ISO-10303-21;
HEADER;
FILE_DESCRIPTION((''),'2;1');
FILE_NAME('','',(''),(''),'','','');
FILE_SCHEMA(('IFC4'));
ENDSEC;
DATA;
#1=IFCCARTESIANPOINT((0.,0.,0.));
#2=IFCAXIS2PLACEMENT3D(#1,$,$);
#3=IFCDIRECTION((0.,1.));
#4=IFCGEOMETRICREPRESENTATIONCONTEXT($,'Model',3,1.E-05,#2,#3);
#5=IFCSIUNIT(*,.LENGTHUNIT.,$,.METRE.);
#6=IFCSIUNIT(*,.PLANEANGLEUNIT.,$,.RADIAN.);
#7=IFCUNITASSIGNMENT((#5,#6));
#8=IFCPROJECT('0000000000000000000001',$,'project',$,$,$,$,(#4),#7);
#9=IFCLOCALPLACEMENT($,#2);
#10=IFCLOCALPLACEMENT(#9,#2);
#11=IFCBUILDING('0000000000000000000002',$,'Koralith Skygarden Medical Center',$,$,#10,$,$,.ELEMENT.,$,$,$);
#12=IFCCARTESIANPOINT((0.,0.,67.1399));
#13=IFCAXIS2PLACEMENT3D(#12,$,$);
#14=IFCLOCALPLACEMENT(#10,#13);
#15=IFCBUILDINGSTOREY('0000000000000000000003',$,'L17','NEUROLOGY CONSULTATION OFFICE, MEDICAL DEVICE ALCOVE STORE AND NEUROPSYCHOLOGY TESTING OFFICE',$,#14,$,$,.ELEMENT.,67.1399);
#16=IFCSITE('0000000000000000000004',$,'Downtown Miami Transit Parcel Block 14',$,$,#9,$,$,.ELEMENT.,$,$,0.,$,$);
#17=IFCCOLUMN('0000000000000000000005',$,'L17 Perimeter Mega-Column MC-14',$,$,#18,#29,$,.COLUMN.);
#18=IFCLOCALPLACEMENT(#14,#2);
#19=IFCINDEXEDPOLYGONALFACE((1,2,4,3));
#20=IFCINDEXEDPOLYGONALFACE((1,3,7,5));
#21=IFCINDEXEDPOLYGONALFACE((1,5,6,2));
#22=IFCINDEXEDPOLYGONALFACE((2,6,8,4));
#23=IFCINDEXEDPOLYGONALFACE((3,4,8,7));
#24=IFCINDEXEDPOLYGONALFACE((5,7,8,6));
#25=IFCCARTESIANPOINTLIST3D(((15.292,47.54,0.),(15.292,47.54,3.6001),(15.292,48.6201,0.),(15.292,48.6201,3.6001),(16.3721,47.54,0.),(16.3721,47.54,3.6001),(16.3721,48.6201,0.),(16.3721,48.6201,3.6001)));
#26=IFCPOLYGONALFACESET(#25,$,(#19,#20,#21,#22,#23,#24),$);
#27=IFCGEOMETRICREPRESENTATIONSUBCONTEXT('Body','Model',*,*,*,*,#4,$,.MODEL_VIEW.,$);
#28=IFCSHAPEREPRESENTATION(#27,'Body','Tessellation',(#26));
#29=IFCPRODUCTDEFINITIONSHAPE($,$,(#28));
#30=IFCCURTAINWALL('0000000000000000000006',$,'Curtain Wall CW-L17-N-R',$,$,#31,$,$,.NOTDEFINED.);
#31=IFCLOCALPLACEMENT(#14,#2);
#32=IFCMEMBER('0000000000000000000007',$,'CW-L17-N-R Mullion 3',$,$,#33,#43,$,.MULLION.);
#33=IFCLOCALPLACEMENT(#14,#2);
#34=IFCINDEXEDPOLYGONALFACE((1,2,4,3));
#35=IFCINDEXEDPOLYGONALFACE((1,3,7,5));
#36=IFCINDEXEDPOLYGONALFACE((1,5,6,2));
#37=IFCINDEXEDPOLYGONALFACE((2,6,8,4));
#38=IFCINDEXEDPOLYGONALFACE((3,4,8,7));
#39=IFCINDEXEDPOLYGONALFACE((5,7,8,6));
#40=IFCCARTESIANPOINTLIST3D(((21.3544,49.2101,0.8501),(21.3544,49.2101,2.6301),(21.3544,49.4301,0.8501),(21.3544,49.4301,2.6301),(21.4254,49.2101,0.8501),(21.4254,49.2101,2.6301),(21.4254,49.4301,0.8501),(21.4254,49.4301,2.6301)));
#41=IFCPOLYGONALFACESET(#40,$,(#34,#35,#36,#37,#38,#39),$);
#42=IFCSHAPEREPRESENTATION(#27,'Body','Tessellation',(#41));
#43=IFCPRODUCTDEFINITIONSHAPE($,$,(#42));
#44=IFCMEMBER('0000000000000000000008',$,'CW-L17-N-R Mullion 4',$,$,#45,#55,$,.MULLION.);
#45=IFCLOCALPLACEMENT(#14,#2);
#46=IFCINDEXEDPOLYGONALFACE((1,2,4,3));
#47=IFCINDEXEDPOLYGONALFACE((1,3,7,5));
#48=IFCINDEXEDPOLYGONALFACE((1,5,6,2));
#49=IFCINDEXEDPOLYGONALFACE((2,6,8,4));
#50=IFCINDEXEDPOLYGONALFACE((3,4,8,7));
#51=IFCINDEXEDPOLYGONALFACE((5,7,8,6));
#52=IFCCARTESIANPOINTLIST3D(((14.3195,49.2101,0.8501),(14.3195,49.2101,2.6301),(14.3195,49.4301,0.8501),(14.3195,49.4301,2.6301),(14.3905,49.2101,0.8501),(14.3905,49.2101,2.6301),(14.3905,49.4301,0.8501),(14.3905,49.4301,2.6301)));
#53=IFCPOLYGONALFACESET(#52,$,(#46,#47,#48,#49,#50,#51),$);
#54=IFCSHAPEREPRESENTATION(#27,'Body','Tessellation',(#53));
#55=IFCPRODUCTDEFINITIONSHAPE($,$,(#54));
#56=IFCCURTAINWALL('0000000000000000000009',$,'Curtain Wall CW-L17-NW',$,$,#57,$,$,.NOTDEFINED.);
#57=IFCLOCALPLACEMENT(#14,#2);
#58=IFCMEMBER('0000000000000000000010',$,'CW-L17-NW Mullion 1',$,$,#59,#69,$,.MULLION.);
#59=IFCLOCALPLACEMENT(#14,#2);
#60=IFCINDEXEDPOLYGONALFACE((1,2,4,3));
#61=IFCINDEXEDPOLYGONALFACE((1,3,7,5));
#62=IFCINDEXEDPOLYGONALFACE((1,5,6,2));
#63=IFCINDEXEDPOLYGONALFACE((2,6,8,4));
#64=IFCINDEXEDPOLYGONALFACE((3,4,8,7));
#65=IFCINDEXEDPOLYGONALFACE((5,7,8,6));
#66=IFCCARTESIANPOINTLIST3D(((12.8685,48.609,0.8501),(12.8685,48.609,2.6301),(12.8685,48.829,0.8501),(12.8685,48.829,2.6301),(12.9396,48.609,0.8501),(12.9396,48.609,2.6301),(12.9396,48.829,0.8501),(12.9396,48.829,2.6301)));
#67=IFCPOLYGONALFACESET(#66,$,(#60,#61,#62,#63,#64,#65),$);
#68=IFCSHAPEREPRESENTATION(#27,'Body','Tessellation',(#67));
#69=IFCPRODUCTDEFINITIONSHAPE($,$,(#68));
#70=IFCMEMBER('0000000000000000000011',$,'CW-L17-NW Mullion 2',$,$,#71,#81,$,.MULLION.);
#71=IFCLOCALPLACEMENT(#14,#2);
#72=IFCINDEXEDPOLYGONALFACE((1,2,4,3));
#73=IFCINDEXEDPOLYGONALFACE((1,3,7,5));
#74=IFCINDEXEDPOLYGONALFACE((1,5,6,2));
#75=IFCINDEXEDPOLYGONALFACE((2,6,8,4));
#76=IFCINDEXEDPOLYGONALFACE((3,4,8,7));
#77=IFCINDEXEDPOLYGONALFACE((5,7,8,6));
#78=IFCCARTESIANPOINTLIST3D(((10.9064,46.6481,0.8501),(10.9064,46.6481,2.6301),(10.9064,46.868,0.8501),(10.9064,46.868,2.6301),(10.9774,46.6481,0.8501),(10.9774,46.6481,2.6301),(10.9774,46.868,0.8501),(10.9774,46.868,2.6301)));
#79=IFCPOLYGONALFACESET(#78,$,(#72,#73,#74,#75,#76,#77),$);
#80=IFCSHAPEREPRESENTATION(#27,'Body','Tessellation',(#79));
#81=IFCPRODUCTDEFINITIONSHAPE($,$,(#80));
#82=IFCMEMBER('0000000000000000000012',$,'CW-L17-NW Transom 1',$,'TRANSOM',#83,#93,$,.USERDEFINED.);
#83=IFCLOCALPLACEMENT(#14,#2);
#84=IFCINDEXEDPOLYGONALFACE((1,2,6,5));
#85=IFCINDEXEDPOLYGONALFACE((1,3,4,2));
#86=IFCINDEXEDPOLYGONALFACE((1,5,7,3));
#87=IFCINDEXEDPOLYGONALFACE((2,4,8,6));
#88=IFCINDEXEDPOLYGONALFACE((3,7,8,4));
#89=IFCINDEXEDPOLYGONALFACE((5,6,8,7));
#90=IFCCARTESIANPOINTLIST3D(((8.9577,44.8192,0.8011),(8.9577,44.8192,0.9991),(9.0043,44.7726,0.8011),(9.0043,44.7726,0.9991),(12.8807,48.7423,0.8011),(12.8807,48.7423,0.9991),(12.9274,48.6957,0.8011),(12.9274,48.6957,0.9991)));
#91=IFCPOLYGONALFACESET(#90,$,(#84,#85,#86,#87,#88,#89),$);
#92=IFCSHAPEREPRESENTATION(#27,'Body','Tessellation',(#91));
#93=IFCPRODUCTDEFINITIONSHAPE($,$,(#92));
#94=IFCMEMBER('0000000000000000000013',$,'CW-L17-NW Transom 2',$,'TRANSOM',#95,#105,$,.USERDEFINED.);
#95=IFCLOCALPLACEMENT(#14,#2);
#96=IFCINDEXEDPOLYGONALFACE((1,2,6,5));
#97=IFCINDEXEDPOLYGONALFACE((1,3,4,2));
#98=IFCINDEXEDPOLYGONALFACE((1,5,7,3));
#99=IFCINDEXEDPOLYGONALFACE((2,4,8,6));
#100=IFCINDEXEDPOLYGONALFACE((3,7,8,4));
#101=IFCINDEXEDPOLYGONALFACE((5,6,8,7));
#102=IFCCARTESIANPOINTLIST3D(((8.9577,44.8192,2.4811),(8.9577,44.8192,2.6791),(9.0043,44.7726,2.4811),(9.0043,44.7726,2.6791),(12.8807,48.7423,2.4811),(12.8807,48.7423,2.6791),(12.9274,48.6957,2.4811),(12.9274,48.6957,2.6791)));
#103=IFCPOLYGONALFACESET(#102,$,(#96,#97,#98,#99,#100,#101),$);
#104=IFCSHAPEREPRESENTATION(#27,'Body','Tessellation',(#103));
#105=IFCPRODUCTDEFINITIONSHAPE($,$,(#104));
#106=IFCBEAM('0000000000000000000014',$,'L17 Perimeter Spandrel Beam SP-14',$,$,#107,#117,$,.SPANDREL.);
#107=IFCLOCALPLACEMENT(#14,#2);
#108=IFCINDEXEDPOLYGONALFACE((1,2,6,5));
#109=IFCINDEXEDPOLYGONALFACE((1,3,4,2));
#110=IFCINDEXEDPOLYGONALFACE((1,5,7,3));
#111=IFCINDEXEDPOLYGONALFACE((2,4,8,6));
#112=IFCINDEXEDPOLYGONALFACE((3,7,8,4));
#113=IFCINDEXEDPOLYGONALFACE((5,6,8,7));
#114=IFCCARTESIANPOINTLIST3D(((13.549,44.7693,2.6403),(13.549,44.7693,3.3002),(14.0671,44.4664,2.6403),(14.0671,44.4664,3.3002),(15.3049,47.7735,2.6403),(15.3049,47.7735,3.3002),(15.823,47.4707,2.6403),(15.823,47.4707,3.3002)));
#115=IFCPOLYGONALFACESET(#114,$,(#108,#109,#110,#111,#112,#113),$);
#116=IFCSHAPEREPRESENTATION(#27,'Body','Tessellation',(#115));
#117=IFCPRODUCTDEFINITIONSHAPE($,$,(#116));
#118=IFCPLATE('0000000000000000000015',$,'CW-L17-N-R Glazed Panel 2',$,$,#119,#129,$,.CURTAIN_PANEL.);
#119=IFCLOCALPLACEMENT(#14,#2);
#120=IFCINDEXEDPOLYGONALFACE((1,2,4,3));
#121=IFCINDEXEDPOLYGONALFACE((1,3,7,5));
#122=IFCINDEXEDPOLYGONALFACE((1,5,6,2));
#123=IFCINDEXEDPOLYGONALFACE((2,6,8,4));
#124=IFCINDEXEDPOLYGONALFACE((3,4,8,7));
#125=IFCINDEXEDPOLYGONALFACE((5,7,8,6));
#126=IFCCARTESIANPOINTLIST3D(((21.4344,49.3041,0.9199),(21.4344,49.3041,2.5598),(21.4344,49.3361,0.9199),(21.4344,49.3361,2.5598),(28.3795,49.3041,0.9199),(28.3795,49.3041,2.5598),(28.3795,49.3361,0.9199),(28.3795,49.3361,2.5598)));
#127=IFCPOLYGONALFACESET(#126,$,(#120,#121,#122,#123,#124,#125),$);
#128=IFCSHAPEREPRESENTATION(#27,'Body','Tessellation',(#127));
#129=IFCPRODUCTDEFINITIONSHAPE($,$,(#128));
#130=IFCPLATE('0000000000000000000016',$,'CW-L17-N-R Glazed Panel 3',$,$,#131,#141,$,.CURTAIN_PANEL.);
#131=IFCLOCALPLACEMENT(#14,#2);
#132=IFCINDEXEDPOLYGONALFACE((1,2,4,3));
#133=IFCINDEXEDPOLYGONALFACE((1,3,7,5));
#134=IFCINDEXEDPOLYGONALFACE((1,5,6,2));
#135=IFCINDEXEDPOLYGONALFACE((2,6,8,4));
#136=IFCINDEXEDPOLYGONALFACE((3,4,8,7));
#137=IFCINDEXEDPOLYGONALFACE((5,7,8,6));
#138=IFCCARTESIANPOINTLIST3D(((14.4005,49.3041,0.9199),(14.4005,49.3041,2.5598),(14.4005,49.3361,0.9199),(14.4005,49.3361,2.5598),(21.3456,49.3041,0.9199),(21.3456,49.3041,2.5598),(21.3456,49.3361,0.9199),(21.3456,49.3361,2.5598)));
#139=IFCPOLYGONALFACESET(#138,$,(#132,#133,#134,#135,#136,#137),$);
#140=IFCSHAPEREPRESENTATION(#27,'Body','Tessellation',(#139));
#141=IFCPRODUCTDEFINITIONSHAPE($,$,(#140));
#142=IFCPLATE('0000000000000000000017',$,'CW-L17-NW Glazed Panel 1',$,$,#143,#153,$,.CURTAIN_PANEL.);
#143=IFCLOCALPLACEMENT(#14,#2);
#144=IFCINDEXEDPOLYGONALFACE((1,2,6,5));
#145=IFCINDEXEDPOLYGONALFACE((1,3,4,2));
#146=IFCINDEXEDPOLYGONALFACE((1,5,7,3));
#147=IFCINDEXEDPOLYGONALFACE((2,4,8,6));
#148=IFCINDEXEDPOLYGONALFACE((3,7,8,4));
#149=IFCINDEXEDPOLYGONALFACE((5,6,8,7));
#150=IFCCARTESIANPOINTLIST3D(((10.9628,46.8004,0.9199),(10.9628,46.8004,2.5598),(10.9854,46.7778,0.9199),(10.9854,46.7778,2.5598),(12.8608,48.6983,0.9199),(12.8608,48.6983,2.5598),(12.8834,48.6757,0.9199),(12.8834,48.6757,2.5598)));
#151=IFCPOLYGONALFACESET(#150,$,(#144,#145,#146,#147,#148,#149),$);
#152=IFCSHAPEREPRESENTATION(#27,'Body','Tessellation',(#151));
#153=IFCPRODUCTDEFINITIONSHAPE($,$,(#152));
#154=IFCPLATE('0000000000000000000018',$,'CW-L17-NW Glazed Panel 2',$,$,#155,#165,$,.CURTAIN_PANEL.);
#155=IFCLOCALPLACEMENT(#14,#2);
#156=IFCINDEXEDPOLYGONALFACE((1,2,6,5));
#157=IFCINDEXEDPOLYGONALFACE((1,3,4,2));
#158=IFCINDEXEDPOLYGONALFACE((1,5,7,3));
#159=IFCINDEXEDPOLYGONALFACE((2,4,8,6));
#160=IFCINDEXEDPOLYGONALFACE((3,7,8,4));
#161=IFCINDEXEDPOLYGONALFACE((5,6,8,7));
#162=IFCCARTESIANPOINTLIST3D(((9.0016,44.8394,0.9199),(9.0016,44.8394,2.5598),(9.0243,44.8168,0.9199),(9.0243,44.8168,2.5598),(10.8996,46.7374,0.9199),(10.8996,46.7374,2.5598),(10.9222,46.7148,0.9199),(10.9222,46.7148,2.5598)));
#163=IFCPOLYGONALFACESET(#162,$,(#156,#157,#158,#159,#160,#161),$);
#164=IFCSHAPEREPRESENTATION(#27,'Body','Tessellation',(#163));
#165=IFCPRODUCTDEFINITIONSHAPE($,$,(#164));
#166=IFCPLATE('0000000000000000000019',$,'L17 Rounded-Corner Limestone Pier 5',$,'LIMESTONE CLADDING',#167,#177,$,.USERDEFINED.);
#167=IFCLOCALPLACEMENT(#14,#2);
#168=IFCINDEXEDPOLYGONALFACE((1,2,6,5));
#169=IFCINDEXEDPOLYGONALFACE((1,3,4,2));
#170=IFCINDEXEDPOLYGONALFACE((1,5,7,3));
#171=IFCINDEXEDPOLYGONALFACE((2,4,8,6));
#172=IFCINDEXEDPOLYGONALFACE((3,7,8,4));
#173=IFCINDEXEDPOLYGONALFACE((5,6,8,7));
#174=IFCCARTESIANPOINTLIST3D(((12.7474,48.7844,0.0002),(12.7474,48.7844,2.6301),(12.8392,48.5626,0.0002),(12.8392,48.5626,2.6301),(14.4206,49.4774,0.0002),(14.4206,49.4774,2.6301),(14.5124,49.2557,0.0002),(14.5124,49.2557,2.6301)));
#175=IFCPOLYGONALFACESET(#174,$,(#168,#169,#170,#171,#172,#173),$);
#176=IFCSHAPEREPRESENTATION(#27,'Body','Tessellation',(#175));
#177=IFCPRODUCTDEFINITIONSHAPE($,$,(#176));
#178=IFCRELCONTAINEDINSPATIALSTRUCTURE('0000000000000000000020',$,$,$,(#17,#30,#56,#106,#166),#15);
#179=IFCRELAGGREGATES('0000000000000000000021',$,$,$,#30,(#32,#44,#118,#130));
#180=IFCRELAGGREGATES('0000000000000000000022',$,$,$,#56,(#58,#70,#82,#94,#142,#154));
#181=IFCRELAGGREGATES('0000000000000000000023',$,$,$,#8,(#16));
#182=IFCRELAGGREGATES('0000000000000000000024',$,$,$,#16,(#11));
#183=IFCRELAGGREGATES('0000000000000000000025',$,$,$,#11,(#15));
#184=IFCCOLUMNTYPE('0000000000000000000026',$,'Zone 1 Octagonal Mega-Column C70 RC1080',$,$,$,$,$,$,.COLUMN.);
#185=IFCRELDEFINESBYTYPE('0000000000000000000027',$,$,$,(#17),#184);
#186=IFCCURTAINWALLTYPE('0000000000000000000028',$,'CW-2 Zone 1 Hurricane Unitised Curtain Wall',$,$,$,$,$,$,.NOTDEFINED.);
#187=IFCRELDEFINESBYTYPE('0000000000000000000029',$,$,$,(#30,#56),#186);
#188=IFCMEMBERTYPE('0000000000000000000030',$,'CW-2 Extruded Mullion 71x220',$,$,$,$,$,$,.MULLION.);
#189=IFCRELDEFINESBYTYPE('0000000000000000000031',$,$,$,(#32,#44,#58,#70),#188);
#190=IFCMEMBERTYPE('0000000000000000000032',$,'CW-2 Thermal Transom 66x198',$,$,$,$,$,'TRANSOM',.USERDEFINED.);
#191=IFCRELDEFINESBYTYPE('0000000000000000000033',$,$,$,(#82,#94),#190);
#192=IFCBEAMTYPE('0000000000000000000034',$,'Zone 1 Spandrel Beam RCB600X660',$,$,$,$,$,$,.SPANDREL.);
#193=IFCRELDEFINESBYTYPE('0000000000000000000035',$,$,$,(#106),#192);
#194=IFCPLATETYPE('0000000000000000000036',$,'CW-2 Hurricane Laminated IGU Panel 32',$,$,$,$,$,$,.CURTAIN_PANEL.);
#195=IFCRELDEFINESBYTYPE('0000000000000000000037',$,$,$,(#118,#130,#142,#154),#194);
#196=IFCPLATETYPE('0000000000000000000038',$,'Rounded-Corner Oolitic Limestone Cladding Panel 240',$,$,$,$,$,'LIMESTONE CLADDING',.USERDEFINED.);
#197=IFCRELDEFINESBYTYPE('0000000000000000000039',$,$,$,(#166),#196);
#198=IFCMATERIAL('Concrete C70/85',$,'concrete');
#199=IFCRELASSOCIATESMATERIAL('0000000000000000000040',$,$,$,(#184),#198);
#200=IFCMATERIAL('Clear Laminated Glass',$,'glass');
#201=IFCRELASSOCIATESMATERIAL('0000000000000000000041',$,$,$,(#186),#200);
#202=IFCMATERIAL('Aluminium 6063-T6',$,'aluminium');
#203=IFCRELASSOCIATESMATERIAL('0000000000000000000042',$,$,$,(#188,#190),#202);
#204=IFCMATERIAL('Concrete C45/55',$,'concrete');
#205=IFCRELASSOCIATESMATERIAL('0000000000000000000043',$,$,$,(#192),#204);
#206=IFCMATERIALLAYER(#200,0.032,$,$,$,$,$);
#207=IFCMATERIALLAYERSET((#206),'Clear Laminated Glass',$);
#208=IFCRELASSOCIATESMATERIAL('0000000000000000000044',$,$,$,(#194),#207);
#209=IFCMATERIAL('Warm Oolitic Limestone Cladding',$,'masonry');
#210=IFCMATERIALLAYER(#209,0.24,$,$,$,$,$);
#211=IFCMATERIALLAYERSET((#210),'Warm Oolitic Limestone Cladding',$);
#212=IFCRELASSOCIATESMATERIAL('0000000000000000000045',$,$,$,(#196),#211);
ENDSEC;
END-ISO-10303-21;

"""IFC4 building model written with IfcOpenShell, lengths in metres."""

from ifc_helpers import new_model, si_unit, direction, frame, origin, origin_2d, place, context, subcontext, project, spatial, rectangle, extrude, material, layer, layer_set, material_profile, profile_set, type_object, element, aggregate, save


model = new_model("IFC4")

# Units and contexts
model_context = context("Model", 3, precision=1e-05, world=origin(), true_north=direction((0.0, 1.0)))
body_context = subcontext(model_context, "Body", "Model", "MODEL_VIEW")
ifc_project = project(units=[si_unit("LENGTHUNIT", "METRE"), si_unit("PLANEANGLEUNIT", "RADIAN")], contexts=[model_context])

# Site, building, storey
site_placement = place(None, origin())
site = spatial("IfcSite", under=ifc_project, at=site_placement, Name="Downtown Miami Transit Parcel Block 14", CompositionType="ELEMENT", RefElevation=0.0)
building_placement = place(site_placement, origin())
building = spatial("IfcBuilding", under=site, at=building_placement, Name="Koralith Skygarden Medical Center", CompositionType="ELEMENT")
storey_placement = place(building_placement, frame((0.0, 0.0, 67.1399)))
storey = spatial("IfcBuildingStorey", under=building, at=storey_placement, Name="L17", Description="NEUROLOGY CONSULTATION OFFICE, MEDICAL DEVICE ALCOVE STORE AND NEUROPSYCHOLOGY TESTING OFFICE", CompositionType="ELEMENT", Elevation=67.1399)

# Column
ifc_material_1 = material(Name="Concrete C70/85", Category="concrete")
ifc_material_profile_1 = material_profile(ifc_material_1, rectangle(XDim=1.0801, YDim=1.0801, at=origin_2d()), Name="RC1080X1080")
ifc_profile_set_1 = profile_set([ifc_material_profile_1], Name="Concrete C70/85")
column_type = type_object("IfcColumnType", Name="Zone 1 Octagonal Mega-Column C70 RC1080", PredefinedType="COLUMN", material=ifc_profile_set_1)
column_placement = place(storey_placement, frame((15.832, 48.0801, 0.0), z_axis=(0.0, 0.0, 1.0), x_axis=(1.0, 0.0, 0.0)))
element("IfcColumn", 1, at=column_placement, inside=storey, type_object=column_type, Name="L17 Perimeter Mega-Column MC-14", PredefinedType="COLUMN", context=body_context, shape_type="SweptSolid", body=[
    extrude(rectangle(XDim=1.0801, YDim=1.0801, at=origin_2d()), origin(), (0.0, 0.0, 1.0), 3.6001),
])

# Curtain walls, members
ifc_material_2 = material(Name="Clear Laminated Glass", Category="glass")
curtain_wall_type = type_object("IfcCurtainWallType", Name="CW-2 Zone 1 Hurricane Unitised Curtain Wall", PredefinedType="NOTDEFINED", material=ifc_material_2)
curtain_wall_1_placement = place(storey_placement, origin())
curtain_wall_1 = element("IfcCurtainWall", 2, at=curtain_wall_1_placement, inside=storey, type_object=curtain_wall_type, Name="Curtain Wall CW-L17-N-R", PredefinedType="NOTDEFINED")
ifc_material_3 = material(Name="Aluminium 6063-T6", Category="aluminium")
ifc_material_profile_2 = material_profile(ifc_material_3, rectangle(XDim=0.071, YDim=0.22, at=origin_2d()), Name="MUL71X220")
ifc_profile_set_2 = profile_set([ifc_material_profile_2], Name="Aluminium 6063-T6")
member_type_1 = type_object("IfcMemberType", Name="CW-2 Extruded Mullion 71x220", PredefinedType="MULLION", material=ifc_profile_set_2)
member_1_placement = place(storey_placement, frame((21.3899, 49.3201, 0.8501), z_axis=(0.0, 0.0, 1.0), x_axis=(1.0, 0.0, 0.0)))
member_1 = element("IfcMember", 3, at=member_1_placement, type_object=member_type_1, Name="CW-L17-N-R Mullion 3", PredefinedType="MULLION", context=body_context, shape_type="SweptSolid", body=[
    extrude(rectangle(XDim=0.071, YDim=0.22, at=origin_2d()), origin(), (0.0, 0.0, 1.0), 1.78),
])
member_2_placement = place(storey_placement, frame((14.355, 49.3201, 0.8501), z_axis=(0.0, 0.0, 1.0), x_axis=(1.0, 0.0, 0.0)))
member_2 = element("IfcMember", 4, at=member_2_placement, type_object=member_type_1, Name="CW-L17-N-R Mullion 4", PredefinedType="MULLION", context=body_context, shape_type="SweptSolid", body=[
    extrude(rectangle(XDim=0.071, YDim=0.22, at=origin_2d()), origin(), (0.0, 0.0, 1.0), 1.78),
])
curtain_wall_2_placement = place(storey_placement, origin())
curtain_wall_2 = element("IfcCurtainWall", 5, at=curtain_wall_2_placement, inside=storey, type_object=curtain_wall_type, Name="Curtain Wall CW-L17-NW", PredefinedType="NOTDEFINED")
member_3_placement = place(storey_placement, frame((12.9041, 48.719, 0.8501), z_axis=(0.0, 0.0, 1.0), x_axis=(1.0, 0.0, 0.0)))
member_3 = element("IfcMember", 6, at=member_3_placement, type_object=member_type_1, Name="CW-L17-NW Mullion 1", PredefinedType="MULLION", context=body_context, shape_type="SweptSolid", body=[
    extrude(rectangle(XDim=0.071, YDim=0.22, at=origin_2d()), origin(), (0.0, 0.0, 1.0), 1.78),
])
member_4_placement = place(storey_placement, frame((10.9419, 46.7581, 0.8501), z_axis=(0.0, 0.0, 1.0), x_axis=(1.0, 0.0, 0.0)))
member_4 = element("IfcMember", 7, at=member_4_placement, type_object=member_type_1, Name="CW-L17-NW Mullion 2", PredefinedType="MULLION", context=body_context, shape_type="SweptSolid", body=[
    extrude(rectangle(XDim=0.071, YDim=0.22, at=origin_2d()), origin(), (0.0, 0.0, 1.0), 1.78),
])
ifc_material_profile_3 = material_profile(ifc_material_3, rectangle(XDim=0.0659, YDim=0.198, at=origin_2d()), Name="TRN66X198")
ifc_profile_set_3 = profile_set([ifc_material_profile_3], Name="Aluminium 6063-T6")
member_type_2 = type_object("IfcMemberType", Name="CW-2 Thermal Transom 66x198", ElementType="TRANSOM", PredefinedType="USERDEFINED", material=ifc_profile_set_3)
member_5_placement = place(storey_placement, frame((12.9041, 48.719, 0.9001), z_axis=(-0.707107, -0.707107, 0.0), x_axis=(0.707107, -0.707107, 0.0)))
member_5 = element("IfcMember", 8, at=member_5_placement, type_object=member_type_2, Name="CW-L17-NW Transom 1", ObjectType="TRANSOM", PredefinedType="USERDEFINED", context=body_context, shape_type="SweptSolid", body=[
    extrude(rectangle(XDim=0.0659, YDim=0.198, at=origin_2d()), origin(), (0.0, 0.0, 1.0), 5.5481),
])
member_6_placement = place(storey_placement, frame((12.9041, 48.719, 2.5801), z_axis=(-0.707107, -0.707107, 0.0), x_axis=(0.707107, -0.707107, 0.0)))
member_6 = element("IfcMember", 9, at=member_6_placement, type_object=member_type_2, Name="CW-L17-NW Transom 2", ObjectType="TRANSOM", PredefinedType="USERDEFINED", context=body_context, shape_type="SweptSolid", body=[
    extrude(rectangle(XDim=0.0659, YDim=0.198, at=origin_2d()), origin(), (0.0, 0.0, 1.0), 5.5481),
])

# Beam
ifc_material_4 = material(Name="Concrete C45/55", Category="concrete")
ifc_material_profile_4 = material_profile(ifc_material_4, rectangle(XDim=0.6001, YDim=0.6599, at=origin_2d()), Name="RCB600X660")
ifc_profile_set_4 = profile_set([ifc_material_profile_4], Name="Concrete C45/55")
beam_type = type_object("IfcBeamType", Name="Zone 1 Spandrel Beam RCB600X660", PredefinedType="SPANDREL", material=ifc_profile_set_4)
beam_placement = place(storey_placement, frame((15.564, 47.6221, 2.9702), z_axis=(-0.504608, -0.863349, 0.0), x_axis=(0.863349, -0.504608, 0.0)))
element("IfcBeam", 10, at=beam_placement, inside=storey, type_object=beam_type, Name="L17 Perimeter Spandrel Beam SP-14", PredefinedType="SPANDREL", context=body_context, shape_type="SweptSolid", body=[
    extrude(rectangle(XDim=0.6001, YDim=0.6599, at=origin_2d()), origin(), (0.0, 0.0, 1.0), 3.4797),
])

# Plates
ifc_layer_1 = layer(ifc_material_2, 0.032)
ifc_layer_set_1 = layer_set([ifc_layer_1], Name="Clear Laminated Glass")
plate_type_1 = type_object("IfcPlateType", Name="CW-2 Hurricane Laminated IGU Panel 32", PredefinedType="CURTAIN_PANEL", material=ifc_layer_set_1)
plate_1_placement = place(storey_placement, frame((24.907, 49.3201, 0.9199), z_axis=(0.0, 0.0, 1.0), x_axis=(-1.0, 0.0, 0.0)))
plate_1 = element("IfcPlate", 11, at=plate_1_placement, type_object=plate_type_1, Name="CW-L17-N-R Glazed Panel 2", PredefinedType="CURTAIN_PANEL", context=body_context, shape_type="SweptSolid", body=[
    extrude(rectangle(XDim=6.9451, YDim=0.032, at=origin_2d()), origin(), (0.0, 0.0, 1.0), 1.6399),
])
plate_2_placement = place(storey_placement, frame((17.873, 49.3201, 0.9199), z_axis=(0.0, 0.0, 1.0), x_axis=(-1.0, 0.0, 0.0)))
plate_2 = element("IfcPlate", 12, at=plate_2_placement, type_object=plate_type_1, Name="CW-L17-N-R Glazed Panel 3", PredefinedType="CURTAIN_PANEL", context=body_context, shape_type="SweptSolid", body=[
    extrude(rectangle(XDim=6.9451, YDim=0.032, at=origin_2d()), origin(), (0.0, 0.0, 1.0), 1.6399),
])
aggregate(curtain_wall_1, [member_1, member_2, plate_1, plate_2])
plate_3_placement = place(storey_placement, frame((11.9231, 47.738, 0.9199), z_axis=(0.0, 0.0, 1.0), x_axis=(-0.707107, -0.707107, 0.0)))
plate_3 = element("IfcPlate", 13, at=plate_3_placement, type_object=plate_type_1, Name="CW-L17-NW Glazed Panel 1", PredefinedType="CURTAIN_PANEL", context=body_context, shape_type="SweptSolid", body=[
    extrude(rectangle(XDim=2.6841, YDim=0.032, at=origin_2d()), origin(), (0.0, 0.0, 1.0), 1.6399),
])
plate_4_placement = place(storey_placement, frame((9.9619, 45.7771, 0.9199), z_axis=(0.0, 0.0, 1.0), x_axis=(-0.707107, -0.707107, 0.0)))
plate_4 = element("IfcPlate", 14, at=plate_4_placement, type_object=plate_type_1, Name="CW-L17-NW Glazed Panel 2", PredefinedType="CURTAIN_PANEL", context=body_context, shape_type="SweptSolid", body=[
    extrude(rectangle(XDim=2.6841, YDim=0.032, at=origin_2d()), origin(), (0.0, 0.0, 1.0), 1.6399),
])
aggregate(curtain_wall_2, [member_3, member_4, member_5, member_6, plate_3, plate_4])
ifc_material_5 = material(Name="Warm Oolitic Limestone Cladding", Category="masonry")
ifc_layer_2 = layer(ifc_material_5, 0.24)
ifc_layer_set_2 = layer_set([ifc_layer_2], Name="Warm Oolitic Limestone Cladding")
plate_type_2 = type_object("IfcPlateType", Name="Rounded-Corner Oolitic Limestone Cladding Panel 240", ElementType="LIMESTONE CLADDING", PredefinedType="USERDEFINED", material=ifc_layer_set_2)
plate_5_placement = place(storey_placement, frame((13.6299, 49.02, 0.0002), z_axis=(0.0, 0.0, 1.0), x_axis=(-0.923885, -0.382671, 0.0)))
element("IfcPlate", 15, at=plate_5_placement, inside=storey, type_object=plate_type_2, Name="L17 Rounded-Corner Limestone Pier 5", ObjectType="LIMESTONE CLADDING", PredefinedType="USERDEFINED", context=body_context, shape_type="SweptSolid", body=[
    extrude(rectangle(XDim=1.811, YDim=0.24, at=origin_2d()), origin(), (0.0, 0.0, 1.0), 2.6299),
])

save(model, "model.ifc")
